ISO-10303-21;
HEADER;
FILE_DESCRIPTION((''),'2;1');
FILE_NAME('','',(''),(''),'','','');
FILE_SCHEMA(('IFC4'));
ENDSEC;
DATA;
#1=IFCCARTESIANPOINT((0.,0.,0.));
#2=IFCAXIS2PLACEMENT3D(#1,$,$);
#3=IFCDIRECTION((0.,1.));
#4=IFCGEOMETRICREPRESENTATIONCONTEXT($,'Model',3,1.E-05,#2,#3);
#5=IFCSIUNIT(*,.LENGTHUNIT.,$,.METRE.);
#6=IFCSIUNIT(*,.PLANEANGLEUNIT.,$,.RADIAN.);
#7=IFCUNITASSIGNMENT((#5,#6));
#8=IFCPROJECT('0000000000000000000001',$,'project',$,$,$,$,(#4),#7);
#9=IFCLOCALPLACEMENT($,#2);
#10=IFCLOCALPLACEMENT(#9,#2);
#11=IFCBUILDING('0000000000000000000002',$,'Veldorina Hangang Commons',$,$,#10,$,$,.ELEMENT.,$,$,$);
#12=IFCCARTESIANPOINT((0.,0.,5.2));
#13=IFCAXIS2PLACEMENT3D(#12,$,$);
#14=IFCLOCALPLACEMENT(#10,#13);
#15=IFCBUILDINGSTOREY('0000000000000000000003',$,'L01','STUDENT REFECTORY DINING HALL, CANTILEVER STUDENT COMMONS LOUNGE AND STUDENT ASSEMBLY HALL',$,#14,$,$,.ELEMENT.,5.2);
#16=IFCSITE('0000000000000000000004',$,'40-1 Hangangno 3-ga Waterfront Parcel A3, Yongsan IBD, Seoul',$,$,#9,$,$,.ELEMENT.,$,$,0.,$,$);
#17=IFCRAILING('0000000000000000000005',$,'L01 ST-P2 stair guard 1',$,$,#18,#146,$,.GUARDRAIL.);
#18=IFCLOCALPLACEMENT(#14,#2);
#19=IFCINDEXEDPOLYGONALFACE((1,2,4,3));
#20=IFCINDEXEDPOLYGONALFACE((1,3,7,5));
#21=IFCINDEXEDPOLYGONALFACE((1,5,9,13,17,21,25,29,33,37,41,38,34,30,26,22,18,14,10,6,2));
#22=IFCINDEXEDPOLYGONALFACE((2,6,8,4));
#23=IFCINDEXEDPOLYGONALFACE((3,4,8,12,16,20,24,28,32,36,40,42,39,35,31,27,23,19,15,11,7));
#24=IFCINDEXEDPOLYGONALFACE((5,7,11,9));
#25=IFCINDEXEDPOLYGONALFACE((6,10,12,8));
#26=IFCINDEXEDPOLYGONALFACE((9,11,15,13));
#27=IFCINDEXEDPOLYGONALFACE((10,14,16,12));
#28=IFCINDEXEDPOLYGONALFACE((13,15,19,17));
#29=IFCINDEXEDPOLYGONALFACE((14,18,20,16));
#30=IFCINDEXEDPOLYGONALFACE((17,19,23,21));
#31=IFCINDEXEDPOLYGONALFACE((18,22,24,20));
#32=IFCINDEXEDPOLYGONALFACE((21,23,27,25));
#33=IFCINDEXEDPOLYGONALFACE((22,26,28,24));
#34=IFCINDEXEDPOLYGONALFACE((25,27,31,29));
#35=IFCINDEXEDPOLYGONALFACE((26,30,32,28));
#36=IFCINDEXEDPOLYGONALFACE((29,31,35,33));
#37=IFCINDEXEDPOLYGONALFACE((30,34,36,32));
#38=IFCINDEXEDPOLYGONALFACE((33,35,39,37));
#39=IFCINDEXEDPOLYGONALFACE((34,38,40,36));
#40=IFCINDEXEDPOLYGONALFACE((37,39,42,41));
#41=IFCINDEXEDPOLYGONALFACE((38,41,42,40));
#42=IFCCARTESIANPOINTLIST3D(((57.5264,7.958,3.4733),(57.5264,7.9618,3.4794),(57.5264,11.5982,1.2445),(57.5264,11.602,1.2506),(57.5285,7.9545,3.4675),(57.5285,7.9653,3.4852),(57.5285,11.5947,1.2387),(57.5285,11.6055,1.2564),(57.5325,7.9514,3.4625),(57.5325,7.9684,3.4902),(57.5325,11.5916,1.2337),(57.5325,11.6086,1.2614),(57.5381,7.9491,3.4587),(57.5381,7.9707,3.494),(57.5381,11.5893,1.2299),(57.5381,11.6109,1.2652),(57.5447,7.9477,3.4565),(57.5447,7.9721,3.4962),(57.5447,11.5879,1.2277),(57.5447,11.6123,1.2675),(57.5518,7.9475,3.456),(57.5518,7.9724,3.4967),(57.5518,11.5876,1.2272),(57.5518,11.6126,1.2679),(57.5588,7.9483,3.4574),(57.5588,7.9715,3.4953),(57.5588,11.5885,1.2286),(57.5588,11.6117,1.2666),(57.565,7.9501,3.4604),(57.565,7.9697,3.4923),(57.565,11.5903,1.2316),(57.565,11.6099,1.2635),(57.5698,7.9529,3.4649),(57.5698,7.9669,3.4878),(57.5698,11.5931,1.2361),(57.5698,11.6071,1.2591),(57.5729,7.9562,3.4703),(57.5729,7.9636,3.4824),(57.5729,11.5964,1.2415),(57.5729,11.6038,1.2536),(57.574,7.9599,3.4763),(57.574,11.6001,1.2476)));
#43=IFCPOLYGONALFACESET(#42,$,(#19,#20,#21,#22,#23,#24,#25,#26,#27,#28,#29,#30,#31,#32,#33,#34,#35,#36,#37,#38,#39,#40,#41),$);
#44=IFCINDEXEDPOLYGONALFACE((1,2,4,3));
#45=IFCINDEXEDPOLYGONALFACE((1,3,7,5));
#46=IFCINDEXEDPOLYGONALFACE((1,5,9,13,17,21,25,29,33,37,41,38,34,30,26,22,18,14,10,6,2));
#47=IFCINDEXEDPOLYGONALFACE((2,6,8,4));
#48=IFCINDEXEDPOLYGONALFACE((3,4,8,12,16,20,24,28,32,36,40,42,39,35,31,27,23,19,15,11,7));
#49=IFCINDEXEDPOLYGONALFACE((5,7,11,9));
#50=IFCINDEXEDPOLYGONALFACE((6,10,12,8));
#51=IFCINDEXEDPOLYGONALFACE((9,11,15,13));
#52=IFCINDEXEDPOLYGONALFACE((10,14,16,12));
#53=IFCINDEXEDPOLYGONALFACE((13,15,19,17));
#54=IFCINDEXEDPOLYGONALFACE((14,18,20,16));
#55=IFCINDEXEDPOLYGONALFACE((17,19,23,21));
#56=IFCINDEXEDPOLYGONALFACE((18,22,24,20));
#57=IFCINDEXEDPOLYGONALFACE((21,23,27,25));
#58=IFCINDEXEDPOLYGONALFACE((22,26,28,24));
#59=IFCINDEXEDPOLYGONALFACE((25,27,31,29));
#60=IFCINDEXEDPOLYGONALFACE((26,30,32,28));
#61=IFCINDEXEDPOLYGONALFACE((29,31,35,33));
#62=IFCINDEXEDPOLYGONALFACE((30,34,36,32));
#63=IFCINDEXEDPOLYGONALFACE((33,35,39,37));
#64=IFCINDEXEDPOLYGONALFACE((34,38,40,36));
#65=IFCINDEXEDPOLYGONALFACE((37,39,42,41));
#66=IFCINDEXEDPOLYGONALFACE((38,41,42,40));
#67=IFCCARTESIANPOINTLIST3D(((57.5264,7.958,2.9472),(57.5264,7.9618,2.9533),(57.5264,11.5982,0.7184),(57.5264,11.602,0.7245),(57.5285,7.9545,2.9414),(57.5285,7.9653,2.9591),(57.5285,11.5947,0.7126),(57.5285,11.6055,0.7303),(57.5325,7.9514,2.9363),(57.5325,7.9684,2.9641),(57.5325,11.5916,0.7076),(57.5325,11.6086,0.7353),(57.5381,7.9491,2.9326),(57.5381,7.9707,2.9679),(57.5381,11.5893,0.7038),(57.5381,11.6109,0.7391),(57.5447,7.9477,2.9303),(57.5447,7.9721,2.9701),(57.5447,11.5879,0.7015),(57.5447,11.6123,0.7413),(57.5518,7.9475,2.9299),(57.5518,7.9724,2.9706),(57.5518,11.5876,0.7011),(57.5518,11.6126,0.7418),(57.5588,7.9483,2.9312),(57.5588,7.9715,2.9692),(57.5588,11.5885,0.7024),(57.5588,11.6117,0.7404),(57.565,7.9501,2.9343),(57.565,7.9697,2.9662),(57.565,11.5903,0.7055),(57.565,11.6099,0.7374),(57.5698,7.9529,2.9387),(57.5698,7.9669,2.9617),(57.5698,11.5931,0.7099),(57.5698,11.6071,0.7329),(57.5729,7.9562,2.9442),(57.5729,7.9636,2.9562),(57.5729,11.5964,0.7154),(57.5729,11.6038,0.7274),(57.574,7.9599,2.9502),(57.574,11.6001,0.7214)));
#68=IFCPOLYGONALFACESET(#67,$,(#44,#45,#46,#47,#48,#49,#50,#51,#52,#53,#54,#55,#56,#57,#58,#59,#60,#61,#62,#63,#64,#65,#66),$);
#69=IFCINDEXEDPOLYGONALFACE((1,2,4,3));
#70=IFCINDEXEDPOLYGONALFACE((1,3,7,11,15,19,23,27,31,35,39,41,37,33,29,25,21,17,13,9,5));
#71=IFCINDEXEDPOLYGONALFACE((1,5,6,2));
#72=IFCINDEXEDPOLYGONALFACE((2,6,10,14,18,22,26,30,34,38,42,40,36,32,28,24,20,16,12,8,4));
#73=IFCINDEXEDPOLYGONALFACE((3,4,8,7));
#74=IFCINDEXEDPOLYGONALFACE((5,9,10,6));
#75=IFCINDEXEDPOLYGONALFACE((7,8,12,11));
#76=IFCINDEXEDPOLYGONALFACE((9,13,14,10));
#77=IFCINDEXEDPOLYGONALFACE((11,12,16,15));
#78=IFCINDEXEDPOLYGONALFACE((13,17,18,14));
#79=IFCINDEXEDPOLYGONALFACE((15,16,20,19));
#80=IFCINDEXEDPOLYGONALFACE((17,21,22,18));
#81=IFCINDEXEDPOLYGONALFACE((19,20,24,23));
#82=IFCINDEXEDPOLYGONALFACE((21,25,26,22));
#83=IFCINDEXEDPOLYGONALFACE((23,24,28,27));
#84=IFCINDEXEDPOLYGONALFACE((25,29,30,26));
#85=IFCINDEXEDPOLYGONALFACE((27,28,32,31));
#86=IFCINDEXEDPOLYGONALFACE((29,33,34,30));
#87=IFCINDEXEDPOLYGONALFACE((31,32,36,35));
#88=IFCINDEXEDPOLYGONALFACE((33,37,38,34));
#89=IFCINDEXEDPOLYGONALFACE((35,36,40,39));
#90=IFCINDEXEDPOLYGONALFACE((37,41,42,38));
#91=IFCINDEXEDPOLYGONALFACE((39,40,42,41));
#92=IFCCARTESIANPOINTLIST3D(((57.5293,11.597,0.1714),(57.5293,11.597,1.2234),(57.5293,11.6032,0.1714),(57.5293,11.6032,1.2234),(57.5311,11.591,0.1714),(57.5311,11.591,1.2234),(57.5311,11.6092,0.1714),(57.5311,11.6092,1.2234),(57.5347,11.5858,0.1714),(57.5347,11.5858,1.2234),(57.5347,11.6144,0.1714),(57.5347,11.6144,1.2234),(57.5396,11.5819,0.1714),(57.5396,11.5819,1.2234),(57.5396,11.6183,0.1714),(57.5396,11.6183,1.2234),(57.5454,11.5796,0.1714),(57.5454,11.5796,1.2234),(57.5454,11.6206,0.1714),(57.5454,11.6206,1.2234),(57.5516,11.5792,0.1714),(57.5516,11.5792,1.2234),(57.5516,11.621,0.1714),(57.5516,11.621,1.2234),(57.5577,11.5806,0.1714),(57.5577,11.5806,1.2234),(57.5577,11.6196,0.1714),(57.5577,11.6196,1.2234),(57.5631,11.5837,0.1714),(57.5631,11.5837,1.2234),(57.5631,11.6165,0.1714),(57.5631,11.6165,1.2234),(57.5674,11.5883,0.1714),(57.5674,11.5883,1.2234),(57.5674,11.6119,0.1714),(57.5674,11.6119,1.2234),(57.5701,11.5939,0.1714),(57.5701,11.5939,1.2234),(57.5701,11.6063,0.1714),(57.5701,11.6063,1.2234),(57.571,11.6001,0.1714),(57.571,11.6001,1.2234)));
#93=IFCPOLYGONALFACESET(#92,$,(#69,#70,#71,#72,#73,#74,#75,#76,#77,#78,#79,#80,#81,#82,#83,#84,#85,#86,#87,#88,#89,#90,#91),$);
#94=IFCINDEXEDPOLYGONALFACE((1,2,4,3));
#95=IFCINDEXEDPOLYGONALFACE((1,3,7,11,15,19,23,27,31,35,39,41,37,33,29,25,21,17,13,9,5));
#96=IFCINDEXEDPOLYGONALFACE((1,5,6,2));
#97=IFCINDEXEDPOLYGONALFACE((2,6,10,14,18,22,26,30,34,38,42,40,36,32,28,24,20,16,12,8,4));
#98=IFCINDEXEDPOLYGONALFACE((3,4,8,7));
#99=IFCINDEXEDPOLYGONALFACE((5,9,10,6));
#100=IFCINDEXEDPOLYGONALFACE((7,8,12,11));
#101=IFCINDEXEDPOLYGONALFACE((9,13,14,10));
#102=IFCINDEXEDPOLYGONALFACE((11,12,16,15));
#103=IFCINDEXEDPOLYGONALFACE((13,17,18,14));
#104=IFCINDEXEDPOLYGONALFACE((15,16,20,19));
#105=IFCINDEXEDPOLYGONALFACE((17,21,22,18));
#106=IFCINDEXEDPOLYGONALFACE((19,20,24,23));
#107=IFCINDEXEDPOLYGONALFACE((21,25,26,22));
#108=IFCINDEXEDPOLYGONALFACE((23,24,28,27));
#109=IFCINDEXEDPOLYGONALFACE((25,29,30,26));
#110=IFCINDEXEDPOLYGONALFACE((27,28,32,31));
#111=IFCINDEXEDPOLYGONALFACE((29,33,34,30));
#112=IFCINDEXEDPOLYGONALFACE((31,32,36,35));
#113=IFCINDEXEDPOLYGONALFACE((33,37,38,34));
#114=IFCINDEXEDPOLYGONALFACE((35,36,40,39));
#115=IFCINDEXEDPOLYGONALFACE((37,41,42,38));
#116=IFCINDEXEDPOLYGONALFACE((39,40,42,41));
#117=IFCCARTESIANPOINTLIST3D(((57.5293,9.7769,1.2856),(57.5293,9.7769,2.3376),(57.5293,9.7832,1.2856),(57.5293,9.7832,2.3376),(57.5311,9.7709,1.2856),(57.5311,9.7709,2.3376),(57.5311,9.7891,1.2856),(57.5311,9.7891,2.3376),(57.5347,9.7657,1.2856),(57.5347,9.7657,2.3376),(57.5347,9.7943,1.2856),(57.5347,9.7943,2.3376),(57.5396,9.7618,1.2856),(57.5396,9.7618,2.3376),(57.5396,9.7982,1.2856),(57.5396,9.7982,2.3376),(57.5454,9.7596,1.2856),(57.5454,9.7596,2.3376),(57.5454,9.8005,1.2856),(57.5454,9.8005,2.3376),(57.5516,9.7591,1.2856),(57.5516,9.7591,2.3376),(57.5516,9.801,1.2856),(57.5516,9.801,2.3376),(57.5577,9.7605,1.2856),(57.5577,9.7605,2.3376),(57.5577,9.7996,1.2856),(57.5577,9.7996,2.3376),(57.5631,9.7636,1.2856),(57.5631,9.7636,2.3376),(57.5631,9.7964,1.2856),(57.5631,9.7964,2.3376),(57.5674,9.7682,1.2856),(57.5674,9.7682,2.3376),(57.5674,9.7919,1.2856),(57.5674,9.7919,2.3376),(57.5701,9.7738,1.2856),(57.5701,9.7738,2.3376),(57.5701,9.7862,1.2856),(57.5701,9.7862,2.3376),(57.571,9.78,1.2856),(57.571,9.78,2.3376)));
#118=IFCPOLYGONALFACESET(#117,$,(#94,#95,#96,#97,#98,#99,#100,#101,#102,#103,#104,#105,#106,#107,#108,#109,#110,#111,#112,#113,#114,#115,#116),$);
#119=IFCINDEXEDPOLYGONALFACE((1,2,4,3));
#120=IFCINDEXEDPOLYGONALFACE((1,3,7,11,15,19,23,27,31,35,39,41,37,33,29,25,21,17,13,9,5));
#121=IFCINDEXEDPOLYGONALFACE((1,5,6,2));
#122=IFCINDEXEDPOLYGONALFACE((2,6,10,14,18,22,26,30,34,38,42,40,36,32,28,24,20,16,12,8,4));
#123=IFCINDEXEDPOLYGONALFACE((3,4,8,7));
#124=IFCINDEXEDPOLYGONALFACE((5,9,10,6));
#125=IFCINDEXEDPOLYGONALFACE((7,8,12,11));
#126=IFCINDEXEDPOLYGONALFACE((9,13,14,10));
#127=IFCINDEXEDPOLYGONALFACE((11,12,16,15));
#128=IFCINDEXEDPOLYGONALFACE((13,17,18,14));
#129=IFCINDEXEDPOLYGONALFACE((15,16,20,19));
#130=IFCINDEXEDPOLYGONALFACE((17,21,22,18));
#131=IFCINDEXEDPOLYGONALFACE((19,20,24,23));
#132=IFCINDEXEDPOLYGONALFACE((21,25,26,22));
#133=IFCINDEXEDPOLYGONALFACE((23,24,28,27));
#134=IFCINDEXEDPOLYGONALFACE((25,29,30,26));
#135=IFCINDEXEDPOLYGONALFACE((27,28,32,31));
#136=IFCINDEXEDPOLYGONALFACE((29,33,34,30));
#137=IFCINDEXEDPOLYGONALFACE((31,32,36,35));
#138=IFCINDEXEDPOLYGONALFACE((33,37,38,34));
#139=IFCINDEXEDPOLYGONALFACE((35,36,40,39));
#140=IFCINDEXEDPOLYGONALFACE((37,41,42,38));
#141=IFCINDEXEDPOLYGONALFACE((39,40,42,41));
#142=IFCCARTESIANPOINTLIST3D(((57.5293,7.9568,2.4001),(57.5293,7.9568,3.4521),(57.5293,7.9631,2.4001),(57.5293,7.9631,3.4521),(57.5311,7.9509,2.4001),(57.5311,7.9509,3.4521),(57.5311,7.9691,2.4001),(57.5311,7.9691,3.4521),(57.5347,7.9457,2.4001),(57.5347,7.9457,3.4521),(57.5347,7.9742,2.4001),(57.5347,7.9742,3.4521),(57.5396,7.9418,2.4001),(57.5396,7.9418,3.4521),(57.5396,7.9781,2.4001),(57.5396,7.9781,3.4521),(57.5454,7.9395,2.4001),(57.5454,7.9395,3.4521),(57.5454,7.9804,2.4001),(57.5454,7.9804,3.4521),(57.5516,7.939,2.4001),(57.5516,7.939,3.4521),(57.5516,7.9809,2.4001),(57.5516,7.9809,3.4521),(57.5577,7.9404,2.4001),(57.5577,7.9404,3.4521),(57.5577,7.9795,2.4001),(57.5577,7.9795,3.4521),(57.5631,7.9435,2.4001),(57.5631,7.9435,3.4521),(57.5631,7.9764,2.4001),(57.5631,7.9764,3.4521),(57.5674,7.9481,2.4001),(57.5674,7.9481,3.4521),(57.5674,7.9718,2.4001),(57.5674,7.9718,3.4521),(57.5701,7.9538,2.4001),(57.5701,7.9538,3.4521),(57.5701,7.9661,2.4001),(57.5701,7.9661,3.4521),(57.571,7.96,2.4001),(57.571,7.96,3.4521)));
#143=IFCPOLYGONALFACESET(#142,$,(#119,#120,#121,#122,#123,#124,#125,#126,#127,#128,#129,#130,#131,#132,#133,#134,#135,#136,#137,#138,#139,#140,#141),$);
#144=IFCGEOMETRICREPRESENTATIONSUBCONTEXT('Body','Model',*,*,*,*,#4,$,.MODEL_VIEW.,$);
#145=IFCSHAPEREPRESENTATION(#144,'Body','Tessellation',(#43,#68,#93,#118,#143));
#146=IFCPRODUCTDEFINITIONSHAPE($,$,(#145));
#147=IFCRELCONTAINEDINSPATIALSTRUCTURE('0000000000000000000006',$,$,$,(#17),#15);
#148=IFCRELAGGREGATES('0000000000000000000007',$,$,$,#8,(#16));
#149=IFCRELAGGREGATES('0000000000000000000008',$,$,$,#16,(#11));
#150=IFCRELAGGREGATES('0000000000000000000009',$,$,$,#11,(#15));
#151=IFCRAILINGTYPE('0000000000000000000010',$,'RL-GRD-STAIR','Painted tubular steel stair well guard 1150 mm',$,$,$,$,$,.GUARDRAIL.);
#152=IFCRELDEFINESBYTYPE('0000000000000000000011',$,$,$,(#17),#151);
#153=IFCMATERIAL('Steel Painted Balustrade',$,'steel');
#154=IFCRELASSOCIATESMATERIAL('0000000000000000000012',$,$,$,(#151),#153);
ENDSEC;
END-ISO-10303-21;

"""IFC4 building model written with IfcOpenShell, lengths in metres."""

from ifc_helpers import new_model, si_unit, direction, frame, origin, origin_2d, place, context, subcontext, project, spatial, circle, extrude, material, type_object, element, save


model = new_model("IFC4")

# Units and contexts
model_context = context("Model", 3, precision=1e-05, world=origin(), true_north=direction((0.0, 1.0)))
body_context = subcontext(model_context, "Body", "Model", "MODEL_VIEW")
ifc_project = project(units=[si_unit("LENGTHUNIT", "METRE"), si_unit("PLANEANGLEUNIT", "RADIAN")], contexts=[model_context])

# Site, building, storey
site_placement = place(None, origin())
site = spatial("IfcSite", under=ifc_project, at=site_placement, Name="40-1 Hangangno 3-ga Waterfront Parcel A3, Yongsan IBD, Seoul", CompositionType="ELEMENT", RefElevation=0.0)
building_placement = place(site_placement, origin())
building = spatial("IfcBuilding", under=site, at=building_placement, Name="Veldorina Hangang Commons", CompositionType="ELEMENT")
storey_placement = place(building_placement, frame((0.0, 0.0, 5.2)))
storey = spatial("IfcBuildingStorey", under=building, at=storey_placement, Name="L01", Description="STUDENT REFECTORY DINING HALL, CANTILEVER STUDENT COMMONS LOUNGE AND STUDENT ASSEMBLY HALL", CompositionType="ELEMENT", Elevation=5.2)

# Railing
ifc_material_1 = material(Name="Steel Painted Balustrade", Category="steel")
railing_type_1 = type_object("IfcRailingType", Name="RL-GRD-STAIR", Description="Painted tubular steel stair well guard 1150 mm", PredefinedType="GUARDRAIL", material=ifc_material_1)
railing_1_placement = place(storey_placement, frame((57.55, 11.6001, 0.1714)))
element("IfcRailing", 1, at=railing_1_placement, inside=storey, type_object=railing_type_1, Name="L01 ST-P2 stair guard 1", PredefinedType="GUARDRAIL", context=body_context, shape_type="SweptSolid", body=[
    extrude(circle(Radius=0.0239, at=origin_2d()), frame((0.0, 0.0, 1.0762), z_axis=(0.0, -0.85284, 0.522172), x_axis=(1.0, 0.0, 0.0)), (0.0, 0.0, 1.0), 4.2683),
    extrude(circle(Radius=0.0239, at=origin_2d()), frame((0.0, 0.0, 0.55), z_axis=(0.0, -0.85284, 0.522172), x_axis=(1.0, 0.0, 0.0)), (0.0, 0.0, 1.0), 4.2683),
    extrude(circle(Radius=0.021, at=origin_2d()), origin(), (0.0, 0.0, 1.0), 1.052),
    extrude(circle(Radius=0.021, at=origin_2d()), frame((0.0, -1.8201, 1.1143)), (0.0, 0.0, 1.0), 1.052),
    extrude(circle(Radius=0.021, at=origin_2d()), frame((0.0, -3.6401, 2.2288)), (0.0, 0.0, 1.0), 1.052),
])

save(model, "model.ifc")
